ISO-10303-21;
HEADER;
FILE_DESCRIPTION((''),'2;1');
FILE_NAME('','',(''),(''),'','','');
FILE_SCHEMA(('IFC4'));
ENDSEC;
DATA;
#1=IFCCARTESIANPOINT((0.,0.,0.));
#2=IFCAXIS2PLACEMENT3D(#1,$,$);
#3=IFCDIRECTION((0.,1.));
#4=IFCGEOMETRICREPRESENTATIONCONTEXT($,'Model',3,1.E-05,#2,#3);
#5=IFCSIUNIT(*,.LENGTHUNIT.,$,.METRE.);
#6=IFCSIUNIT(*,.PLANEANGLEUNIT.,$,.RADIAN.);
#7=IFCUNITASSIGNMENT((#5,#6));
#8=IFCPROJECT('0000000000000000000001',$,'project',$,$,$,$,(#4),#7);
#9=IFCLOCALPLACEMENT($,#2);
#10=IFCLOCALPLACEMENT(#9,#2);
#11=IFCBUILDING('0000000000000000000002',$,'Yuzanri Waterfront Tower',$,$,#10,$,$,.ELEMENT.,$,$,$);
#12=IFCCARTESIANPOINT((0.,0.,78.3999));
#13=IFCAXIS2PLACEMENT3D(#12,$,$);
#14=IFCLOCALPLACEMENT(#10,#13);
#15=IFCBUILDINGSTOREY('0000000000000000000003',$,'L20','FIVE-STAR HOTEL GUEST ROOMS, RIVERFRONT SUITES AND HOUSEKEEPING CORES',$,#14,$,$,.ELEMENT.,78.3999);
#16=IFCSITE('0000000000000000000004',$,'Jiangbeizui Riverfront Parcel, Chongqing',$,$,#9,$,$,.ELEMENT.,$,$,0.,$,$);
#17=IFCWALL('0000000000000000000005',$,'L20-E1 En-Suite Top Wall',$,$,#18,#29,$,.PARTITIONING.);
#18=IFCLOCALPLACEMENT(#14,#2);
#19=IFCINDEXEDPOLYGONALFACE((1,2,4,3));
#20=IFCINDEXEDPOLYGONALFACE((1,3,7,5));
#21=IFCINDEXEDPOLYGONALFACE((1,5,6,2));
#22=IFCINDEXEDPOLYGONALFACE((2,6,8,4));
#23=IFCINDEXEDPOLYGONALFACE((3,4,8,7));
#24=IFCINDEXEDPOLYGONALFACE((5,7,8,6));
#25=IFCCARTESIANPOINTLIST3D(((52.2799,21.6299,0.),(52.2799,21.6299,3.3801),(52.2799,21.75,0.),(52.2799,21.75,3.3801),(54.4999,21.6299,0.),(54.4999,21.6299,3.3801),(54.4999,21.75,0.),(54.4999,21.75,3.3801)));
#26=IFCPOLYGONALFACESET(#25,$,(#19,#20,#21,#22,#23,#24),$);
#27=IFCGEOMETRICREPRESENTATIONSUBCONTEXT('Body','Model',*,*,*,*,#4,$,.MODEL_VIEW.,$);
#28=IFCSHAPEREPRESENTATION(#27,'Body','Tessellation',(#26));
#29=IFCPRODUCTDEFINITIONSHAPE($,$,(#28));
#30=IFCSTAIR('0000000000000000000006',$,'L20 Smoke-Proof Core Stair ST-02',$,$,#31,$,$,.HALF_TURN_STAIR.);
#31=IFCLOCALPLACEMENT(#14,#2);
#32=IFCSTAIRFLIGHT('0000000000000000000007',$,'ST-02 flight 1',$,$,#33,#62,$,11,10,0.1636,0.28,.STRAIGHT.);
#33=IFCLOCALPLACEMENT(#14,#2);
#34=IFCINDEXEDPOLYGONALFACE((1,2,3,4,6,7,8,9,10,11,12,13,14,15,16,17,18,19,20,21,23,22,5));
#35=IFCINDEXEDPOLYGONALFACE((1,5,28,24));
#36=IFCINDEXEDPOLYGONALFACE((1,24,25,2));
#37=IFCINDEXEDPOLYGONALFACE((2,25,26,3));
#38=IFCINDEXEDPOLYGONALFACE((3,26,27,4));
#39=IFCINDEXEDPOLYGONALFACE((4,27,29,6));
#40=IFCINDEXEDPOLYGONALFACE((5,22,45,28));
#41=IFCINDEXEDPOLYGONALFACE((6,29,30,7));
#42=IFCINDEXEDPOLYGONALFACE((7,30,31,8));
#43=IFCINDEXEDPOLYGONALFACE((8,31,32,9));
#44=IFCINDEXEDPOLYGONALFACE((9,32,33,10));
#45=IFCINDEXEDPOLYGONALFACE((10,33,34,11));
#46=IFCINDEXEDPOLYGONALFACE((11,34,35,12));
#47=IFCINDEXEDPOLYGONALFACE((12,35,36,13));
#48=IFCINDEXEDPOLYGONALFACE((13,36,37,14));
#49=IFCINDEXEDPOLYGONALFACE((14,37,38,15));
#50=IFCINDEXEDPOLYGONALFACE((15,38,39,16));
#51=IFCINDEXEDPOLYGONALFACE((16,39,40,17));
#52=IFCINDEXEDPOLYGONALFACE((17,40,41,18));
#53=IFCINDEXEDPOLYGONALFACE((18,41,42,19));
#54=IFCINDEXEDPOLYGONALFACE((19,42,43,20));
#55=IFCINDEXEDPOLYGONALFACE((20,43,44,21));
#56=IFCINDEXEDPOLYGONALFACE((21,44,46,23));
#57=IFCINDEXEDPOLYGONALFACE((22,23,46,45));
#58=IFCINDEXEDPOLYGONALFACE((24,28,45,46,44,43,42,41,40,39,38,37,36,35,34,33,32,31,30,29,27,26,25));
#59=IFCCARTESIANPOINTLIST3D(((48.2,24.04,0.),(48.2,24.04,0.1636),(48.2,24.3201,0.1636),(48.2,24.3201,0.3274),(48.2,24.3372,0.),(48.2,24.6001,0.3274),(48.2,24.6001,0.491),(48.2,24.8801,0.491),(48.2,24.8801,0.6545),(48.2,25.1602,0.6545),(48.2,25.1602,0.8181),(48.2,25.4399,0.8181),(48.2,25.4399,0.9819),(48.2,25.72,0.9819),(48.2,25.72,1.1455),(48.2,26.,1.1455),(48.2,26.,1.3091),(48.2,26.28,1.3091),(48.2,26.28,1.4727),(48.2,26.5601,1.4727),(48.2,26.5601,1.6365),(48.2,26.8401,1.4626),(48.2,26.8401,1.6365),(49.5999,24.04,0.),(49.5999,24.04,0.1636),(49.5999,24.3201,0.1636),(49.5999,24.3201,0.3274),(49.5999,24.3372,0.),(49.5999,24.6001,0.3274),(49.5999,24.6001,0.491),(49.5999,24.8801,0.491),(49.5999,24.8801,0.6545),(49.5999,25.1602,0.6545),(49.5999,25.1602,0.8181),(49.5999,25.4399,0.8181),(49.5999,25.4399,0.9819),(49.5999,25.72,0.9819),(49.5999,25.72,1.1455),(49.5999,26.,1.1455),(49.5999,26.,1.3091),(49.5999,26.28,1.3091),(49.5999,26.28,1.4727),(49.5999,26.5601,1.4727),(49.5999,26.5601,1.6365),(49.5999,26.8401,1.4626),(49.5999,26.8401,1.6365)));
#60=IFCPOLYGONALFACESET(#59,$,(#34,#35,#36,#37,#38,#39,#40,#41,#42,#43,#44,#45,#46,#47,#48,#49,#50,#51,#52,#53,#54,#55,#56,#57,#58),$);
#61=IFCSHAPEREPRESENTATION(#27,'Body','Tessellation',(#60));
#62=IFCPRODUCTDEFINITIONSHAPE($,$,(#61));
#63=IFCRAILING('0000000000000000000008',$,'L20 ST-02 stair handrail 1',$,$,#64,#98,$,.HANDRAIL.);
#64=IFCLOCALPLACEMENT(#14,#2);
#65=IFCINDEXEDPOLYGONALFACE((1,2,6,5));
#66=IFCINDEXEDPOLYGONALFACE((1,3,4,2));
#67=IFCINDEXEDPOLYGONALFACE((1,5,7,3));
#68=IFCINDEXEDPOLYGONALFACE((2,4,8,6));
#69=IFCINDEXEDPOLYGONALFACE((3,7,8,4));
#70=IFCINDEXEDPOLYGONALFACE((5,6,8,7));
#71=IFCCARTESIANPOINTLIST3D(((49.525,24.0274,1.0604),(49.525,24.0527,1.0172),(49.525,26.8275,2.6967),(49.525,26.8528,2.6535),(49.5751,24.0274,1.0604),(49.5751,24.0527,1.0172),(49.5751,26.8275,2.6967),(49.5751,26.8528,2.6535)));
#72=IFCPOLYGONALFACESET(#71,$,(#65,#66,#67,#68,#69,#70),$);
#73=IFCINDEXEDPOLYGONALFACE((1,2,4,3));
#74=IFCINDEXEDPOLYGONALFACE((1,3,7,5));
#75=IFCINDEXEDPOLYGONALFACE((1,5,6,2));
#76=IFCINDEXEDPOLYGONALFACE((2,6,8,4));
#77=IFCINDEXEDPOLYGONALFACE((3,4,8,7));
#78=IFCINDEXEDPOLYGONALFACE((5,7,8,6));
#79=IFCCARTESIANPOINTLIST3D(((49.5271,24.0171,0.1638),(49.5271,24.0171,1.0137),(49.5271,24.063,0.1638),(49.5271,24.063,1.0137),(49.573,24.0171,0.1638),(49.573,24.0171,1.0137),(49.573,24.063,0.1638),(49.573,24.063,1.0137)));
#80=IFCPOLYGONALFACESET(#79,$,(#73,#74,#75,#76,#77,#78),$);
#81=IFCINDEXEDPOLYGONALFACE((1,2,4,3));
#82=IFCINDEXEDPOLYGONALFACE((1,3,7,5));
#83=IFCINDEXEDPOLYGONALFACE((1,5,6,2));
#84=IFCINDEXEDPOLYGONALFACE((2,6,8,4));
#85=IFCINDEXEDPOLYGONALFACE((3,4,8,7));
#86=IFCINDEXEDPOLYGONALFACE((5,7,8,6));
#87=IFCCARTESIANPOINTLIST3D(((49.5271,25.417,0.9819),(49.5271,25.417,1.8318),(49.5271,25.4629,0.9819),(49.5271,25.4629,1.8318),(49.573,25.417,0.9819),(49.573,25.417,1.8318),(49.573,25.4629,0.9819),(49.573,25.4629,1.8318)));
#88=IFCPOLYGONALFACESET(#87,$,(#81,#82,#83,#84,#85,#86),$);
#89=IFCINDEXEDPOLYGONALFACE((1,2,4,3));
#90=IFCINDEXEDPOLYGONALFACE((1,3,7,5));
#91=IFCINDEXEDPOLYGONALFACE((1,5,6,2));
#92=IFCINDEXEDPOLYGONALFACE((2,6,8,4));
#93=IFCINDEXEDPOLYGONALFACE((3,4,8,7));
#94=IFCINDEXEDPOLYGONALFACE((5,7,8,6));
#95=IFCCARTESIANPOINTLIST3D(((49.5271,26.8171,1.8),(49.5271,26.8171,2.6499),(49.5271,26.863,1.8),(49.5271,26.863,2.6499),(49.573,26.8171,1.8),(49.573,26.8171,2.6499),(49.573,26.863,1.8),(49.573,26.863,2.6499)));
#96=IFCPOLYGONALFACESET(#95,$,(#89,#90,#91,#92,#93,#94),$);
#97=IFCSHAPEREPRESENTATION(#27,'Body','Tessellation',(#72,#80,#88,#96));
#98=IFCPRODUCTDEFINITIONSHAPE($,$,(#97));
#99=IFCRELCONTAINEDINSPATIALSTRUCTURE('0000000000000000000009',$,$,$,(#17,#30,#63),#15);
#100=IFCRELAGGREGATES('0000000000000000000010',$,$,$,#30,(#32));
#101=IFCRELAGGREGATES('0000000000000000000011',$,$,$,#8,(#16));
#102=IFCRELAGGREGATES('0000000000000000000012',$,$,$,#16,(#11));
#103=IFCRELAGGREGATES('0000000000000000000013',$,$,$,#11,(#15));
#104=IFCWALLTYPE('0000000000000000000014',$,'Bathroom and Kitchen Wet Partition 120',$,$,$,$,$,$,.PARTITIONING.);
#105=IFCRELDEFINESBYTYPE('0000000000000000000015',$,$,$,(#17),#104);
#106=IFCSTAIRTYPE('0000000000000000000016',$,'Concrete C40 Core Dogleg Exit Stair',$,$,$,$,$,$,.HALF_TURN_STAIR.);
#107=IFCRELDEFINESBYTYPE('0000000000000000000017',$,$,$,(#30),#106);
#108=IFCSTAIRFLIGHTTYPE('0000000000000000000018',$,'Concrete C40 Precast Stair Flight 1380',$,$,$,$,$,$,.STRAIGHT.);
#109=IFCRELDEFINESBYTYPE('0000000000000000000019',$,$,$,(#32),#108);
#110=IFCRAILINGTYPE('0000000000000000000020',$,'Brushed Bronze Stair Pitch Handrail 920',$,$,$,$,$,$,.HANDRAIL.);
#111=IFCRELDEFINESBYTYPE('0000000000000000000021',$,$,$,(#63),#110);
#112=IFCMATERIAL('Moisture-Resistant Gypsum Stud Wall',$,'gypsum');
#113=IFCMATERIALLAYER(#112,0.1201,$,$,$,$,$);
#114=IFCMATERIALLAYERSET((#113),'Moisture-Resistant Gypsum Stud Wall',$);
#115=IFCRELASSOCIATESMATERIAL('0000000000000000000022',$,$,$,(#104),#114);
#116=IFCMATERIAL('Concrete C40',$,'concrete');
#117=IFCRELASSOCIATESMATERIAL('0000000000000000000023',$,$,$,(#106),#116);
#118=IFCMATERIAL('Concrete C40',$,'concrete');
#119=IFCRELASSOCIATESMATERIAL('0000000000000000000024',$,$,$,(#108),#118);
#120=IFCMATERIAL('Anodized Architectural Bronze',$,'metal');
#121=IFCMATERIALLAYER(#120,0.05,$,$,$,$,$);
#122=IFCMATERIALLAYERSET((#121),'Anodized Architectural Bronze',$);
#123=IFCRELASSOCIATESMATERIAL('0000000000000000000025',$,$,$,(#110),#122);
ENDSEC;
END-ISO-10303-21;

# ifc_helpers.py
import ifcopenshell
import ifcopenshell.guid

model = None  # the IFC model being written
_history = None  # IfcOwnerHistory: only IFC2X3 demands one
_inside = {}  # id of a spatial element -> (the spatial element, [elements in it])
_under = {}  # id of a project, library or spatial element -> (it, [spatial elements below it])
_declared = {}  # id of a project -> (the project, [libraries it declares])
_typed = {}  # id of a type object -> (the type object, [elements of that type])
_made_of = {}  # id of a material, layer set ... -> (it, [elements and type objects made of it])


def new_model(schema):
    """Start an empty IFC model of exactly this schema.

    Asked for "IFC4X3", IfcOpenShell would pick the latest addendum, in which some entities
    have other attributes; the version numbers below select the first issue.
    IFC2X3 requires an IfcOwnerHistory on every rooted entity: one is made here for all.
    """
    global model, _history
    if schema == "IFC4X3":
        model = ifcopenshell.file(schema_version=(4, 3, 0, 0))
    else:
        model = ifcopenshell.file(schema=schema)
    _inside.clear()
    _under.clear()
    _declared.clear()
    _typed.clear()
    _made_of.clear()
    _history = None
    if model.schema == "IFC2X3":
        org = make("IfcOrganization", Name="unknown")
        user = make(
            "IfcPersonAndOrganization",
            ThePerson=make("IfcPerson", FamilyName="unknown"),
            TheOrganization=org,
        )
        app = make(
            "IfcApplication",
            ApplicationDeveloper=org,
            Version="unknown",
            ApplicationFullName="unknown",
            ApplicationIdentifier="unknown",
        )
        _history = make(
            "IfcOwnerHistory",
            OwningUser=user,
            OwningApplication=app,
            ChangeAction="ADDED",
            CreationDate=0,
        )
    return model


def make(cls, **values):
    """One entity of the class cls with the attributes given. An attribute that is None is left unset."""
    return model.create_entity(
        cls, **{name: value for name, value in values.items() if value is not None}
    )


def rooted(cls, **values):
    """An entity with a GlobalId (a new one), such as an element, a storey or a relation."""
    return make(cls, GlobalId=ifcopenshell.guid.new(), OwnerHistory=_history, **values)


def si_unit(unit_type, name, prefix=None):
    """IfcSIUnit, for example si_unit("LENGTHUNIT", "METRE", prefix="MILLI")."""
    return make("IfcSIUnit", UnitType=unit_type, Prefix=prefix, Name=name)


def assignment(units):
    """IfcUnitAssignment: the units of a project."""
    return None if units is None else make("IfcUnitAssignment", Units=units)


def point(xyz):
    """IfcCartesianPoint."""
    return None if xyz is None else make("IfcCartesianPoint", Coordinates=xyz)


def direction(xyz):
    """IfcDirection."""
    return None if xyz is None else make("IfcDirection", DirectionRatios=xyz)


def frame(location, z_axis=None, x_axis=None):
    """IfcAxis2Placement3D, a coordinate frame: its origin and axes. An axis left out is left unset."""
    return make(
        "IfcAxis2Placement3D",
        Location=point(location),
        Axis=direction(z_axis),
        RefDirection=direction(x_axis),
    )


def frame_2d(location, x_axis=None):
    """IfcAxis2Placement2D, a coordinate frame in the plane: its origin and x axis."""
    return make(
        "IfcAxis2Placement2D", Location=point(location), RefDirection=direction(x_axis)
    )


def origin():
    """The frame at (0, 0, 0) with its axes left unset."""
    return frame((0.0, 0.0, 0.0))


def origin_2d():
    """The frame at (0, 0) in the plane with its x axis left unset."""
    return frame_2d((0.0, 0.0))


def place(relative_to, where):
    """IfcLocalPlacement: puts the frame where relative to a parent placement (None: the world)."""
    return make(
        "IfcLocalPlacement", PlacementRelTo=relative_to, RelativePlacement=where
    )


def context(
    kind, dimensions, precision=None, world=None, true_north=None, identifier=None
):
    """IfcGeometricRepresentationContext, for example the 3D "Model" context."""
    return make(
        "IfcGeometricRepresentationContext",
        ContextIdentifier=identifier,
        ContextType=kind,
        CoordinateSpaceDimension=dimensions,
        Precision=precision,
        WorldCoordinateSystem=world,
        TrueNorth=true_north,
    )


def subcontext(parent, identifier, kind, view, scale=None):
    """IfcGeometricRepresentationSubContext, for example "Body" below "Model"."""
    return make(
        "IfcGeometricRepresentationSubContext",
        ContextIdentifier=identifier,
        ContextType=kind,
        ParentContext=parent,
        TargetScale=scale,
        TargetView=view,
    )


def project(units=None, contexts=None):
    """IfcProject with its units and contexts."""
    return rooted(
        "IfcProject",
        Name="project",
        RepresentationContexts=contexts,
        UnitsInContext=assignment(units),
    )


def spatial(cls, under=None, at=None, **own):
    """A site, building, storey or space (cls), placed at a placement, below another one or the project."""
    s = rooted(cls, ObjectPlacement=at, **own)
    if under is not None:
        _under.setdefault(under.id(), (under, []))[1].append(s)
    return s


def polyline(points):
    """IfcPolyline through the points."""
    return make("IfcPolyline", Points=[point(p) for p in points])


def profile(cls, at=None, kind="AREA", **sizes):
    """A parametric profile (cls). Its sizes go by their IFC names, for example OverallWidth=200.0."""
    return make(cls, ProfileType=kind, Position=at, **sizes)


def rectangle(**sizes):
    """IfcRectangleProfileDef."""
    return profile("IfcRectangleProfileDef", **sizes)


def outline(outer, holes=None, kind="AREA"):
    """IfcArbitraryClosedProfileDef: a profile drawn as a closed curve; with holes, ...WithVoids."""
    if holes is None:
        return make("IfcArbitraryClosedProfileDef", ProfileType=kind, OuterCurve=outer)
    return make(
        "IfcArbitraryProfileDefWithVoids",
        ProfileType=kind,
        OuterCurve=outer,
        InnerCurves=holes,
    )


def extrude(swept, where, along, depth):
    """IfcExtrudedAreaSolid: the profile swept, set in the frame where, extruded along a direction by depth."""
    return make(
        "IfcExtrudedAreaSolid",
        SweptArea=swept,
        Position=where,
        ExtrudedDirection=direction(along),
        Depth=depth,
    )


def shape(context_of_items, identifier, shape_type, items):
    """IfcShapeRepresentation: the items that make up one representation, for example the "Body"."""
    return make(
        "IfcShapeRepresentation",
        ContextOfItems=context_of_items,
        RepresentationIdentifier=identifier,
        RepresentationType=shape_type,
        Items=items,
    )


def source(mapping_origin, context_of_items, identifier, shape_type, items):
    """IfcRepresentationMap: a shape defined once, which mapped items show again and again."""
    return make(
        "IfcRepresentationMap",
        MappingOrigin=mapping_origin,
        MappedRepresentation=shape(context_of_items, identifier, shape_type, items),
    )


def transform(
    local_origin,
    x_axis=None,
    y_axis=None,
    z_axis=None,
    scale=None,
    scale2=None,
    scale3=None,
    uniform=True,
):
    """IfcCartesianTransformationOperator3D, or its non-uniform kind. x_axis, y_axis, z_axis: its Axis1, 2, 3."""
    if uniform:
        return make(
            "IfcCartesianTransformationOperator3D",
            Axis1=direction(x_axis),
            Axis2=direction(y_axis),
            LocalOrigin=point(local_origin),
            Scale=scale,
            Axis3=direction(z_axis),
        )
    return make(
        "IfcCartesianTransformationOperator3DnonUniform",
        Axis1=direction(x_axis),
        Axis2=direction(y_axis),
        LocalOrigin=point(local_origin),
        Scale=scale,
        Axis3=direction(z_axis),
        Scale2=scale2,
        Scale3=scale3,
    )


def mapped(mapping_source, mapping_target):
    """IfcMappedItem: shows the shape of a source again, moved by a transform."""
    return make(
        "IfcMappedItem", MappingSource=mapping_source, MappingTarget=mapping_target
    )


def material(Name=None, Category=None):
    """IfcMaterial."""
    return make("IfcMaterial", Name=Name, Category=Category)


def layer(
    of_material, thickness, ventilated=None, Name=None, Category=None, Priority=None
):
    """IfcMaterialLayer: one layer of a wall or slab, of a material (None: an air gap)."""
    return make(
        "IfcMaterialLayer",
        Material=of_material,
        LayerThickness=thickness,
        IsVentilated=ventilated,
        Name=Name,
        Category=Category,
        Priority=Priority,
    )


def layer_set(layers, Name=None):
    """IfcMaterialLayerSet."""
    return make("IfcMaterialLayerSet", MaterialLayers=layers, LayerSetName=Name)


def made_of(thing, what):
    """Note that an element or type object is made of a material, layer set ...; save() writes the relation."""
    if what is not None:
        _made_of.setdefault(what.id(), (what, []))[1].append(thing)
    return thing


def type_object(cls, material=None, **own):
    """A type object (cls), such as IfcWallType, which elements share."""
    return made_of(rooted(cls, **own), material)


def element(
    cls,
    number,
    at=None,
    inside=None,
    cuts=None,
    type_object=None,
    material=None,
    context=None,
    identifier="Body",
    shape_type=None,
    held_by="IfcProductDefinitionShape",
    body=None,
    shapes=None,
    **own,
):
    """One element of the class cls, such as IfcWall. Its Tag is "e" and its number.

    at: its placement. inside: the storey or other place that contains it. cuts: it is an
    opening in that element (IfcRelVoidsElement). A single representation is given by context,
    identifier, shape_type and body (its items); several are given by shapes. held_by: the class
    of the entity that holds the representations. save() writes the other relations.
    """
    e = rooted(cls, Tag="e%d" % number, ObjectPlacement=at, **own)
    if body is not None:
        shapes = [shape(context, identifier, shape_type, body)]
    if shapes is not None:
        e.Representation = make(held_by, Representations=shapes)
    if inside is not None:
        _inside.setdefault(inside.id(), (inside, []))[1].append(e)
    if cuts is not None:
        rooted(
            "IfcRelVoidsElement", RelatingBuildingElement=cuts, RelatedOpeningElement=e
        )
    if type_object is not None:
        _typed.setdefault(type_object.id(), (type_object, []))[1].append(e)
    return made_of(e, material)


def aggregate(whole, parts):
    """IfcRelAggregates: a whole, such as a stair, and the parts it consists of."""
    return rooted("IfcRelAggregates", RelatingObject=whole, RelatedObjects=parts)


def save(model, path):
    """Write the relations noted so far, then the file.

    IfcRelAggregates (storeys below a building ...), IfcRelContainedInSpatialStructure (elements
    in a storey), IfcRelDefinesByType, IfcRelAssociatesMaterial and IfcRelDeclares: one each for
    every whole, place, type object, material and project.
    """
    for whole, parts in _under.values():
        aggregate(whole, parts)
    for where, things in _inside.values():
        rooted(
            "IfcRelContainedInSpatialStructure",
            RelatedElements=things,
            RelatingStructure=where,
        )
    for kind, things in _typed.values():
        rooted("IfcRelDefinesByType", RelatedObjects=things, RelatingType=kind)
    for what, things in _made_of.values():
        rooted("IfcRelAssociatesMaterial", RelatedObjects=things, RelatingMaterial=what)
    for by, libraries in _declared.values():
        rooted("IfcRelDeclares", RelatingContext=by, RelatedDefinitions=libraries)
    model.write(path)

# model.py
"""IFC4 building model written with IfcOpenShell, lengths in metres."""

from ifc_helpers import new_model, si_unit, direction, frame, frame_2d, origin, origin_2d, place, context, subcontext, project, spatial, polyline, rectangle, outline, extrude, source, transform, mapped, material, layer, layer_set, type_object, element, aggregate, save


model = new_model("IFC4")

# Units and contexts
model_context = context("Model", 3, precision=1e-05, world=origin(), true_north=direction((0.0, 1.0)))
body_context = subcontext(model_context, "Body", "Model", "MODEL_VIEW")
ifc_project = project(units=[si_unit("LENGTHUNIT", "METRE"), si_unit("PLANEANGLEUNIT", "RADIAN")], contexts=[model_context])

# Site, building, storey
site_placement = place(None, origin())
site = spatial("IfcSite", under=ifc_project, at=site_placement, Name="Jiangbeizui Riverfront Parcel, Chongqing", CompositionType="ELEMENT", RefElevation=0.0)
building_placement = place(site_placement, origin())
building = spatial("IfcBuilding", under=site, at=building_placement, Name="Yuzanri Waterfront Tower", CompositionType="ELEMENT")
storey_placement = place(building_placement, frame((0.0, 0.0, 78.3999)))
storey = spatial("IfcBuildingStorey", under=building, at=storey_placement, Name="L20", Description="FIVE-STAR HOTEL GUEST ROOMS, RIVERFRONT SUITES AND HOUSEKEEPING CORES", CompositionType="ELEMENT", Elevation=78.3999)

# Shared definitions
ifc_material_1 = material(Name="Moisture-Resistant Gypsum Stud Wall", Category="gypsum")
ifc_layer_1 = layer(ifc_material_1, 0.1201)
ifc_layer_set_1 = layer_set([ifc_layer_1], Name="Moisture-Resistant Gypsum Stud Wall")
wall_type_1 = type_object("IfcWallType", Name="Bathroom and Kitchen Wet Partition 120", PredefinedType="PARTITIONING", material=ifc_layer_set_1)

# Wall
shared_shape_1 = source(origin(), body_context, "Body", "SweptSolid", [
    extrude(rectangle(XDim=2.22, YDim=0.1201, at=frame_2d((1.1099, 0.0))), origin(), (0.0, 0.0, 1.0), 3.3801),
])
wall_1_placement = place(storey_placement, frame((52.28, 21.6899, 0.0), z_axis=(0.0, 0.0, 1.0), x_axis=(1.0, 0.0, 0.0)))
element("IfcWall", 1, at=wall_1_placement, inside=storey, type_object=wall_type_1, Name="L20-E1 En-Suite Top Wall", PredefinedType="PARTITIONING", context=body_context, shape_type="MappedRepresentation", body=[
    mapped(shared_shape_1, transform((0.0, 0.0, 0.0), scale=1.0)),
])

# Stair, stair flight
ifc_material_2 = material(Name="Concrete C40", Category="concrete")
stair_type = type_object("IfcStairType", Name="Concrete C40 Core Dogleg Exit Stair", PredefinedType="HALF_TURN_STAIR", material=ifc_material_2)
stair_placement = place(storey_placement, origin())
stair = element("IfcStair", 2, at=stair_placement, inside=storey, type_object=stair_type, Name="L20 Smoke-Proof Core Stair ST-02", PredefinedType="HALF_TURN_STAIR")
ifc_material_3 = material(Name="Concrete C40", Category="concrete")
stair_flight_type = type_object("IfcStairFlightType", Name="Concrete C40 Precast Stair Flight 1380", PredefinedType="STRAIGHT", material=ifc_material_3)
shared_shape_2 = source(origin(), body_context, "Body", "SweptSolid", [
    extrude(outline(polyline([(0.0, 0.0), (0.0, 0.1636), (0.28, 0.1636), (0.28, 0.3274), (0.5601, 0.3274), (0.5601, 0.491), (0.8401, 0.491), (0.8401, 0.6545), (1.1201, 0.6545), (1.1201, 0.8181), (1.3999, 0.8181), (1.3999, 0.9819), (1.6799, 0.9819), (1.6799, 1.1455), (1.96, 1.1455), (1.96, 1.3091), (2.24, 1.3091), (2.24, 1.4727), (2.52, 1.4727), (2.52, 1.6365), (2.8, 1.6365), (2.8, 1.8), (2.8, 1.4626), (0.2971, 0.0), (0.0, 0.0)])), frame((0.0, 0.7, 0.0), z_axis=(0.0, -1.0, 0.0), x_axis=(1.0, 0.0, 0.0)), (0.0, 0.0, 1.0), 1.3999),
])
stair_flight_placement = place(storey_placement, frame((48.8999, 24.04, 0.0), z_axis=(0.0, 0.0, 1.0), x_axis=(0.0, 1.0, 0.0)))
stair_flight = element("IfcStairFlight", 3, at=stair_flight_placement, type_object=stair_flight_type, Name="ST-02 flight 1", NumberOfRisers=11, NumberOfTreads=10, PredefinedType="STRAIGHT", RiserHeight=0.1636, TreadLength=0.28, context=body_context, shape_type="MappedRepresentation", body=[
    mapped(shared_shape_2, transform((0.0, 0.0, 0.0), scale=1.0)),
])
aggregate(stair, [stair_flight])

# Railing
ifc_material_4 = material(Name="Anodized Architectural Bronze", Category="metal")
ifc_layer_2 = layer(ifc_material_4, 0.05)
ifc_layer_set_2 = layer_set([ifc_layer_2], Name="Anodized Architectural Bronze")
railing_type = type_object("IfcRailingType", Name="Brushed Bronze Stair Pitch Handrail 920", PredefinedType="HANDRAIL", material=ifc_layer_set_2)
shared_shape_3 = source(origin(), body_context, "Body", "SweptSolid", [
    extrude(rectangle(XDim=0.05, YDim=0.05, at=origin_2d()), frame((0.0, 0.0, 0.875), z_axis=(0.0, 0.863394, 0.504531), x_axis=(-1.0, 0.0, 0.0)), (0.0, 0.0, 1.0), 3.2432),
    extrude(rectangle(XDim=0.0459, YDim=0.0459, at=origin_2d()), origin(), (0.0, 0.0, 1.0), 0.8499),
    extrude(rectangle(XDim=0.0459, YDim=0.0459, at=origin_2d()), frame((0.0, 1.3999, 0.8181)), (0.0, 0.0, 1.0), 0.8499),
    extrude(rectangle(XDim=0.0459, YDim=0.0459, at=origin_2d()), frame((0.0, 2.8, 1.6362)), (0.0, 0.0, 1.0), 0.8499),
])
railing_placement = place(storey_placement, frame((49.55, 24.04, 0.1638)))
element("IfcRailing", 4, at=railing_placement, inside=storey, type_object=railing_type, Name="L20 ST-02 stair handrail 1", PredefinedType="HANDRAIL", context=body_context, shape_type="MappedRepresentation", body=[
    mapped(shared_shape_3, transform((0.0, 0.0, 0.0), scale=1.0)),
])

save(model, "model.ifc")
